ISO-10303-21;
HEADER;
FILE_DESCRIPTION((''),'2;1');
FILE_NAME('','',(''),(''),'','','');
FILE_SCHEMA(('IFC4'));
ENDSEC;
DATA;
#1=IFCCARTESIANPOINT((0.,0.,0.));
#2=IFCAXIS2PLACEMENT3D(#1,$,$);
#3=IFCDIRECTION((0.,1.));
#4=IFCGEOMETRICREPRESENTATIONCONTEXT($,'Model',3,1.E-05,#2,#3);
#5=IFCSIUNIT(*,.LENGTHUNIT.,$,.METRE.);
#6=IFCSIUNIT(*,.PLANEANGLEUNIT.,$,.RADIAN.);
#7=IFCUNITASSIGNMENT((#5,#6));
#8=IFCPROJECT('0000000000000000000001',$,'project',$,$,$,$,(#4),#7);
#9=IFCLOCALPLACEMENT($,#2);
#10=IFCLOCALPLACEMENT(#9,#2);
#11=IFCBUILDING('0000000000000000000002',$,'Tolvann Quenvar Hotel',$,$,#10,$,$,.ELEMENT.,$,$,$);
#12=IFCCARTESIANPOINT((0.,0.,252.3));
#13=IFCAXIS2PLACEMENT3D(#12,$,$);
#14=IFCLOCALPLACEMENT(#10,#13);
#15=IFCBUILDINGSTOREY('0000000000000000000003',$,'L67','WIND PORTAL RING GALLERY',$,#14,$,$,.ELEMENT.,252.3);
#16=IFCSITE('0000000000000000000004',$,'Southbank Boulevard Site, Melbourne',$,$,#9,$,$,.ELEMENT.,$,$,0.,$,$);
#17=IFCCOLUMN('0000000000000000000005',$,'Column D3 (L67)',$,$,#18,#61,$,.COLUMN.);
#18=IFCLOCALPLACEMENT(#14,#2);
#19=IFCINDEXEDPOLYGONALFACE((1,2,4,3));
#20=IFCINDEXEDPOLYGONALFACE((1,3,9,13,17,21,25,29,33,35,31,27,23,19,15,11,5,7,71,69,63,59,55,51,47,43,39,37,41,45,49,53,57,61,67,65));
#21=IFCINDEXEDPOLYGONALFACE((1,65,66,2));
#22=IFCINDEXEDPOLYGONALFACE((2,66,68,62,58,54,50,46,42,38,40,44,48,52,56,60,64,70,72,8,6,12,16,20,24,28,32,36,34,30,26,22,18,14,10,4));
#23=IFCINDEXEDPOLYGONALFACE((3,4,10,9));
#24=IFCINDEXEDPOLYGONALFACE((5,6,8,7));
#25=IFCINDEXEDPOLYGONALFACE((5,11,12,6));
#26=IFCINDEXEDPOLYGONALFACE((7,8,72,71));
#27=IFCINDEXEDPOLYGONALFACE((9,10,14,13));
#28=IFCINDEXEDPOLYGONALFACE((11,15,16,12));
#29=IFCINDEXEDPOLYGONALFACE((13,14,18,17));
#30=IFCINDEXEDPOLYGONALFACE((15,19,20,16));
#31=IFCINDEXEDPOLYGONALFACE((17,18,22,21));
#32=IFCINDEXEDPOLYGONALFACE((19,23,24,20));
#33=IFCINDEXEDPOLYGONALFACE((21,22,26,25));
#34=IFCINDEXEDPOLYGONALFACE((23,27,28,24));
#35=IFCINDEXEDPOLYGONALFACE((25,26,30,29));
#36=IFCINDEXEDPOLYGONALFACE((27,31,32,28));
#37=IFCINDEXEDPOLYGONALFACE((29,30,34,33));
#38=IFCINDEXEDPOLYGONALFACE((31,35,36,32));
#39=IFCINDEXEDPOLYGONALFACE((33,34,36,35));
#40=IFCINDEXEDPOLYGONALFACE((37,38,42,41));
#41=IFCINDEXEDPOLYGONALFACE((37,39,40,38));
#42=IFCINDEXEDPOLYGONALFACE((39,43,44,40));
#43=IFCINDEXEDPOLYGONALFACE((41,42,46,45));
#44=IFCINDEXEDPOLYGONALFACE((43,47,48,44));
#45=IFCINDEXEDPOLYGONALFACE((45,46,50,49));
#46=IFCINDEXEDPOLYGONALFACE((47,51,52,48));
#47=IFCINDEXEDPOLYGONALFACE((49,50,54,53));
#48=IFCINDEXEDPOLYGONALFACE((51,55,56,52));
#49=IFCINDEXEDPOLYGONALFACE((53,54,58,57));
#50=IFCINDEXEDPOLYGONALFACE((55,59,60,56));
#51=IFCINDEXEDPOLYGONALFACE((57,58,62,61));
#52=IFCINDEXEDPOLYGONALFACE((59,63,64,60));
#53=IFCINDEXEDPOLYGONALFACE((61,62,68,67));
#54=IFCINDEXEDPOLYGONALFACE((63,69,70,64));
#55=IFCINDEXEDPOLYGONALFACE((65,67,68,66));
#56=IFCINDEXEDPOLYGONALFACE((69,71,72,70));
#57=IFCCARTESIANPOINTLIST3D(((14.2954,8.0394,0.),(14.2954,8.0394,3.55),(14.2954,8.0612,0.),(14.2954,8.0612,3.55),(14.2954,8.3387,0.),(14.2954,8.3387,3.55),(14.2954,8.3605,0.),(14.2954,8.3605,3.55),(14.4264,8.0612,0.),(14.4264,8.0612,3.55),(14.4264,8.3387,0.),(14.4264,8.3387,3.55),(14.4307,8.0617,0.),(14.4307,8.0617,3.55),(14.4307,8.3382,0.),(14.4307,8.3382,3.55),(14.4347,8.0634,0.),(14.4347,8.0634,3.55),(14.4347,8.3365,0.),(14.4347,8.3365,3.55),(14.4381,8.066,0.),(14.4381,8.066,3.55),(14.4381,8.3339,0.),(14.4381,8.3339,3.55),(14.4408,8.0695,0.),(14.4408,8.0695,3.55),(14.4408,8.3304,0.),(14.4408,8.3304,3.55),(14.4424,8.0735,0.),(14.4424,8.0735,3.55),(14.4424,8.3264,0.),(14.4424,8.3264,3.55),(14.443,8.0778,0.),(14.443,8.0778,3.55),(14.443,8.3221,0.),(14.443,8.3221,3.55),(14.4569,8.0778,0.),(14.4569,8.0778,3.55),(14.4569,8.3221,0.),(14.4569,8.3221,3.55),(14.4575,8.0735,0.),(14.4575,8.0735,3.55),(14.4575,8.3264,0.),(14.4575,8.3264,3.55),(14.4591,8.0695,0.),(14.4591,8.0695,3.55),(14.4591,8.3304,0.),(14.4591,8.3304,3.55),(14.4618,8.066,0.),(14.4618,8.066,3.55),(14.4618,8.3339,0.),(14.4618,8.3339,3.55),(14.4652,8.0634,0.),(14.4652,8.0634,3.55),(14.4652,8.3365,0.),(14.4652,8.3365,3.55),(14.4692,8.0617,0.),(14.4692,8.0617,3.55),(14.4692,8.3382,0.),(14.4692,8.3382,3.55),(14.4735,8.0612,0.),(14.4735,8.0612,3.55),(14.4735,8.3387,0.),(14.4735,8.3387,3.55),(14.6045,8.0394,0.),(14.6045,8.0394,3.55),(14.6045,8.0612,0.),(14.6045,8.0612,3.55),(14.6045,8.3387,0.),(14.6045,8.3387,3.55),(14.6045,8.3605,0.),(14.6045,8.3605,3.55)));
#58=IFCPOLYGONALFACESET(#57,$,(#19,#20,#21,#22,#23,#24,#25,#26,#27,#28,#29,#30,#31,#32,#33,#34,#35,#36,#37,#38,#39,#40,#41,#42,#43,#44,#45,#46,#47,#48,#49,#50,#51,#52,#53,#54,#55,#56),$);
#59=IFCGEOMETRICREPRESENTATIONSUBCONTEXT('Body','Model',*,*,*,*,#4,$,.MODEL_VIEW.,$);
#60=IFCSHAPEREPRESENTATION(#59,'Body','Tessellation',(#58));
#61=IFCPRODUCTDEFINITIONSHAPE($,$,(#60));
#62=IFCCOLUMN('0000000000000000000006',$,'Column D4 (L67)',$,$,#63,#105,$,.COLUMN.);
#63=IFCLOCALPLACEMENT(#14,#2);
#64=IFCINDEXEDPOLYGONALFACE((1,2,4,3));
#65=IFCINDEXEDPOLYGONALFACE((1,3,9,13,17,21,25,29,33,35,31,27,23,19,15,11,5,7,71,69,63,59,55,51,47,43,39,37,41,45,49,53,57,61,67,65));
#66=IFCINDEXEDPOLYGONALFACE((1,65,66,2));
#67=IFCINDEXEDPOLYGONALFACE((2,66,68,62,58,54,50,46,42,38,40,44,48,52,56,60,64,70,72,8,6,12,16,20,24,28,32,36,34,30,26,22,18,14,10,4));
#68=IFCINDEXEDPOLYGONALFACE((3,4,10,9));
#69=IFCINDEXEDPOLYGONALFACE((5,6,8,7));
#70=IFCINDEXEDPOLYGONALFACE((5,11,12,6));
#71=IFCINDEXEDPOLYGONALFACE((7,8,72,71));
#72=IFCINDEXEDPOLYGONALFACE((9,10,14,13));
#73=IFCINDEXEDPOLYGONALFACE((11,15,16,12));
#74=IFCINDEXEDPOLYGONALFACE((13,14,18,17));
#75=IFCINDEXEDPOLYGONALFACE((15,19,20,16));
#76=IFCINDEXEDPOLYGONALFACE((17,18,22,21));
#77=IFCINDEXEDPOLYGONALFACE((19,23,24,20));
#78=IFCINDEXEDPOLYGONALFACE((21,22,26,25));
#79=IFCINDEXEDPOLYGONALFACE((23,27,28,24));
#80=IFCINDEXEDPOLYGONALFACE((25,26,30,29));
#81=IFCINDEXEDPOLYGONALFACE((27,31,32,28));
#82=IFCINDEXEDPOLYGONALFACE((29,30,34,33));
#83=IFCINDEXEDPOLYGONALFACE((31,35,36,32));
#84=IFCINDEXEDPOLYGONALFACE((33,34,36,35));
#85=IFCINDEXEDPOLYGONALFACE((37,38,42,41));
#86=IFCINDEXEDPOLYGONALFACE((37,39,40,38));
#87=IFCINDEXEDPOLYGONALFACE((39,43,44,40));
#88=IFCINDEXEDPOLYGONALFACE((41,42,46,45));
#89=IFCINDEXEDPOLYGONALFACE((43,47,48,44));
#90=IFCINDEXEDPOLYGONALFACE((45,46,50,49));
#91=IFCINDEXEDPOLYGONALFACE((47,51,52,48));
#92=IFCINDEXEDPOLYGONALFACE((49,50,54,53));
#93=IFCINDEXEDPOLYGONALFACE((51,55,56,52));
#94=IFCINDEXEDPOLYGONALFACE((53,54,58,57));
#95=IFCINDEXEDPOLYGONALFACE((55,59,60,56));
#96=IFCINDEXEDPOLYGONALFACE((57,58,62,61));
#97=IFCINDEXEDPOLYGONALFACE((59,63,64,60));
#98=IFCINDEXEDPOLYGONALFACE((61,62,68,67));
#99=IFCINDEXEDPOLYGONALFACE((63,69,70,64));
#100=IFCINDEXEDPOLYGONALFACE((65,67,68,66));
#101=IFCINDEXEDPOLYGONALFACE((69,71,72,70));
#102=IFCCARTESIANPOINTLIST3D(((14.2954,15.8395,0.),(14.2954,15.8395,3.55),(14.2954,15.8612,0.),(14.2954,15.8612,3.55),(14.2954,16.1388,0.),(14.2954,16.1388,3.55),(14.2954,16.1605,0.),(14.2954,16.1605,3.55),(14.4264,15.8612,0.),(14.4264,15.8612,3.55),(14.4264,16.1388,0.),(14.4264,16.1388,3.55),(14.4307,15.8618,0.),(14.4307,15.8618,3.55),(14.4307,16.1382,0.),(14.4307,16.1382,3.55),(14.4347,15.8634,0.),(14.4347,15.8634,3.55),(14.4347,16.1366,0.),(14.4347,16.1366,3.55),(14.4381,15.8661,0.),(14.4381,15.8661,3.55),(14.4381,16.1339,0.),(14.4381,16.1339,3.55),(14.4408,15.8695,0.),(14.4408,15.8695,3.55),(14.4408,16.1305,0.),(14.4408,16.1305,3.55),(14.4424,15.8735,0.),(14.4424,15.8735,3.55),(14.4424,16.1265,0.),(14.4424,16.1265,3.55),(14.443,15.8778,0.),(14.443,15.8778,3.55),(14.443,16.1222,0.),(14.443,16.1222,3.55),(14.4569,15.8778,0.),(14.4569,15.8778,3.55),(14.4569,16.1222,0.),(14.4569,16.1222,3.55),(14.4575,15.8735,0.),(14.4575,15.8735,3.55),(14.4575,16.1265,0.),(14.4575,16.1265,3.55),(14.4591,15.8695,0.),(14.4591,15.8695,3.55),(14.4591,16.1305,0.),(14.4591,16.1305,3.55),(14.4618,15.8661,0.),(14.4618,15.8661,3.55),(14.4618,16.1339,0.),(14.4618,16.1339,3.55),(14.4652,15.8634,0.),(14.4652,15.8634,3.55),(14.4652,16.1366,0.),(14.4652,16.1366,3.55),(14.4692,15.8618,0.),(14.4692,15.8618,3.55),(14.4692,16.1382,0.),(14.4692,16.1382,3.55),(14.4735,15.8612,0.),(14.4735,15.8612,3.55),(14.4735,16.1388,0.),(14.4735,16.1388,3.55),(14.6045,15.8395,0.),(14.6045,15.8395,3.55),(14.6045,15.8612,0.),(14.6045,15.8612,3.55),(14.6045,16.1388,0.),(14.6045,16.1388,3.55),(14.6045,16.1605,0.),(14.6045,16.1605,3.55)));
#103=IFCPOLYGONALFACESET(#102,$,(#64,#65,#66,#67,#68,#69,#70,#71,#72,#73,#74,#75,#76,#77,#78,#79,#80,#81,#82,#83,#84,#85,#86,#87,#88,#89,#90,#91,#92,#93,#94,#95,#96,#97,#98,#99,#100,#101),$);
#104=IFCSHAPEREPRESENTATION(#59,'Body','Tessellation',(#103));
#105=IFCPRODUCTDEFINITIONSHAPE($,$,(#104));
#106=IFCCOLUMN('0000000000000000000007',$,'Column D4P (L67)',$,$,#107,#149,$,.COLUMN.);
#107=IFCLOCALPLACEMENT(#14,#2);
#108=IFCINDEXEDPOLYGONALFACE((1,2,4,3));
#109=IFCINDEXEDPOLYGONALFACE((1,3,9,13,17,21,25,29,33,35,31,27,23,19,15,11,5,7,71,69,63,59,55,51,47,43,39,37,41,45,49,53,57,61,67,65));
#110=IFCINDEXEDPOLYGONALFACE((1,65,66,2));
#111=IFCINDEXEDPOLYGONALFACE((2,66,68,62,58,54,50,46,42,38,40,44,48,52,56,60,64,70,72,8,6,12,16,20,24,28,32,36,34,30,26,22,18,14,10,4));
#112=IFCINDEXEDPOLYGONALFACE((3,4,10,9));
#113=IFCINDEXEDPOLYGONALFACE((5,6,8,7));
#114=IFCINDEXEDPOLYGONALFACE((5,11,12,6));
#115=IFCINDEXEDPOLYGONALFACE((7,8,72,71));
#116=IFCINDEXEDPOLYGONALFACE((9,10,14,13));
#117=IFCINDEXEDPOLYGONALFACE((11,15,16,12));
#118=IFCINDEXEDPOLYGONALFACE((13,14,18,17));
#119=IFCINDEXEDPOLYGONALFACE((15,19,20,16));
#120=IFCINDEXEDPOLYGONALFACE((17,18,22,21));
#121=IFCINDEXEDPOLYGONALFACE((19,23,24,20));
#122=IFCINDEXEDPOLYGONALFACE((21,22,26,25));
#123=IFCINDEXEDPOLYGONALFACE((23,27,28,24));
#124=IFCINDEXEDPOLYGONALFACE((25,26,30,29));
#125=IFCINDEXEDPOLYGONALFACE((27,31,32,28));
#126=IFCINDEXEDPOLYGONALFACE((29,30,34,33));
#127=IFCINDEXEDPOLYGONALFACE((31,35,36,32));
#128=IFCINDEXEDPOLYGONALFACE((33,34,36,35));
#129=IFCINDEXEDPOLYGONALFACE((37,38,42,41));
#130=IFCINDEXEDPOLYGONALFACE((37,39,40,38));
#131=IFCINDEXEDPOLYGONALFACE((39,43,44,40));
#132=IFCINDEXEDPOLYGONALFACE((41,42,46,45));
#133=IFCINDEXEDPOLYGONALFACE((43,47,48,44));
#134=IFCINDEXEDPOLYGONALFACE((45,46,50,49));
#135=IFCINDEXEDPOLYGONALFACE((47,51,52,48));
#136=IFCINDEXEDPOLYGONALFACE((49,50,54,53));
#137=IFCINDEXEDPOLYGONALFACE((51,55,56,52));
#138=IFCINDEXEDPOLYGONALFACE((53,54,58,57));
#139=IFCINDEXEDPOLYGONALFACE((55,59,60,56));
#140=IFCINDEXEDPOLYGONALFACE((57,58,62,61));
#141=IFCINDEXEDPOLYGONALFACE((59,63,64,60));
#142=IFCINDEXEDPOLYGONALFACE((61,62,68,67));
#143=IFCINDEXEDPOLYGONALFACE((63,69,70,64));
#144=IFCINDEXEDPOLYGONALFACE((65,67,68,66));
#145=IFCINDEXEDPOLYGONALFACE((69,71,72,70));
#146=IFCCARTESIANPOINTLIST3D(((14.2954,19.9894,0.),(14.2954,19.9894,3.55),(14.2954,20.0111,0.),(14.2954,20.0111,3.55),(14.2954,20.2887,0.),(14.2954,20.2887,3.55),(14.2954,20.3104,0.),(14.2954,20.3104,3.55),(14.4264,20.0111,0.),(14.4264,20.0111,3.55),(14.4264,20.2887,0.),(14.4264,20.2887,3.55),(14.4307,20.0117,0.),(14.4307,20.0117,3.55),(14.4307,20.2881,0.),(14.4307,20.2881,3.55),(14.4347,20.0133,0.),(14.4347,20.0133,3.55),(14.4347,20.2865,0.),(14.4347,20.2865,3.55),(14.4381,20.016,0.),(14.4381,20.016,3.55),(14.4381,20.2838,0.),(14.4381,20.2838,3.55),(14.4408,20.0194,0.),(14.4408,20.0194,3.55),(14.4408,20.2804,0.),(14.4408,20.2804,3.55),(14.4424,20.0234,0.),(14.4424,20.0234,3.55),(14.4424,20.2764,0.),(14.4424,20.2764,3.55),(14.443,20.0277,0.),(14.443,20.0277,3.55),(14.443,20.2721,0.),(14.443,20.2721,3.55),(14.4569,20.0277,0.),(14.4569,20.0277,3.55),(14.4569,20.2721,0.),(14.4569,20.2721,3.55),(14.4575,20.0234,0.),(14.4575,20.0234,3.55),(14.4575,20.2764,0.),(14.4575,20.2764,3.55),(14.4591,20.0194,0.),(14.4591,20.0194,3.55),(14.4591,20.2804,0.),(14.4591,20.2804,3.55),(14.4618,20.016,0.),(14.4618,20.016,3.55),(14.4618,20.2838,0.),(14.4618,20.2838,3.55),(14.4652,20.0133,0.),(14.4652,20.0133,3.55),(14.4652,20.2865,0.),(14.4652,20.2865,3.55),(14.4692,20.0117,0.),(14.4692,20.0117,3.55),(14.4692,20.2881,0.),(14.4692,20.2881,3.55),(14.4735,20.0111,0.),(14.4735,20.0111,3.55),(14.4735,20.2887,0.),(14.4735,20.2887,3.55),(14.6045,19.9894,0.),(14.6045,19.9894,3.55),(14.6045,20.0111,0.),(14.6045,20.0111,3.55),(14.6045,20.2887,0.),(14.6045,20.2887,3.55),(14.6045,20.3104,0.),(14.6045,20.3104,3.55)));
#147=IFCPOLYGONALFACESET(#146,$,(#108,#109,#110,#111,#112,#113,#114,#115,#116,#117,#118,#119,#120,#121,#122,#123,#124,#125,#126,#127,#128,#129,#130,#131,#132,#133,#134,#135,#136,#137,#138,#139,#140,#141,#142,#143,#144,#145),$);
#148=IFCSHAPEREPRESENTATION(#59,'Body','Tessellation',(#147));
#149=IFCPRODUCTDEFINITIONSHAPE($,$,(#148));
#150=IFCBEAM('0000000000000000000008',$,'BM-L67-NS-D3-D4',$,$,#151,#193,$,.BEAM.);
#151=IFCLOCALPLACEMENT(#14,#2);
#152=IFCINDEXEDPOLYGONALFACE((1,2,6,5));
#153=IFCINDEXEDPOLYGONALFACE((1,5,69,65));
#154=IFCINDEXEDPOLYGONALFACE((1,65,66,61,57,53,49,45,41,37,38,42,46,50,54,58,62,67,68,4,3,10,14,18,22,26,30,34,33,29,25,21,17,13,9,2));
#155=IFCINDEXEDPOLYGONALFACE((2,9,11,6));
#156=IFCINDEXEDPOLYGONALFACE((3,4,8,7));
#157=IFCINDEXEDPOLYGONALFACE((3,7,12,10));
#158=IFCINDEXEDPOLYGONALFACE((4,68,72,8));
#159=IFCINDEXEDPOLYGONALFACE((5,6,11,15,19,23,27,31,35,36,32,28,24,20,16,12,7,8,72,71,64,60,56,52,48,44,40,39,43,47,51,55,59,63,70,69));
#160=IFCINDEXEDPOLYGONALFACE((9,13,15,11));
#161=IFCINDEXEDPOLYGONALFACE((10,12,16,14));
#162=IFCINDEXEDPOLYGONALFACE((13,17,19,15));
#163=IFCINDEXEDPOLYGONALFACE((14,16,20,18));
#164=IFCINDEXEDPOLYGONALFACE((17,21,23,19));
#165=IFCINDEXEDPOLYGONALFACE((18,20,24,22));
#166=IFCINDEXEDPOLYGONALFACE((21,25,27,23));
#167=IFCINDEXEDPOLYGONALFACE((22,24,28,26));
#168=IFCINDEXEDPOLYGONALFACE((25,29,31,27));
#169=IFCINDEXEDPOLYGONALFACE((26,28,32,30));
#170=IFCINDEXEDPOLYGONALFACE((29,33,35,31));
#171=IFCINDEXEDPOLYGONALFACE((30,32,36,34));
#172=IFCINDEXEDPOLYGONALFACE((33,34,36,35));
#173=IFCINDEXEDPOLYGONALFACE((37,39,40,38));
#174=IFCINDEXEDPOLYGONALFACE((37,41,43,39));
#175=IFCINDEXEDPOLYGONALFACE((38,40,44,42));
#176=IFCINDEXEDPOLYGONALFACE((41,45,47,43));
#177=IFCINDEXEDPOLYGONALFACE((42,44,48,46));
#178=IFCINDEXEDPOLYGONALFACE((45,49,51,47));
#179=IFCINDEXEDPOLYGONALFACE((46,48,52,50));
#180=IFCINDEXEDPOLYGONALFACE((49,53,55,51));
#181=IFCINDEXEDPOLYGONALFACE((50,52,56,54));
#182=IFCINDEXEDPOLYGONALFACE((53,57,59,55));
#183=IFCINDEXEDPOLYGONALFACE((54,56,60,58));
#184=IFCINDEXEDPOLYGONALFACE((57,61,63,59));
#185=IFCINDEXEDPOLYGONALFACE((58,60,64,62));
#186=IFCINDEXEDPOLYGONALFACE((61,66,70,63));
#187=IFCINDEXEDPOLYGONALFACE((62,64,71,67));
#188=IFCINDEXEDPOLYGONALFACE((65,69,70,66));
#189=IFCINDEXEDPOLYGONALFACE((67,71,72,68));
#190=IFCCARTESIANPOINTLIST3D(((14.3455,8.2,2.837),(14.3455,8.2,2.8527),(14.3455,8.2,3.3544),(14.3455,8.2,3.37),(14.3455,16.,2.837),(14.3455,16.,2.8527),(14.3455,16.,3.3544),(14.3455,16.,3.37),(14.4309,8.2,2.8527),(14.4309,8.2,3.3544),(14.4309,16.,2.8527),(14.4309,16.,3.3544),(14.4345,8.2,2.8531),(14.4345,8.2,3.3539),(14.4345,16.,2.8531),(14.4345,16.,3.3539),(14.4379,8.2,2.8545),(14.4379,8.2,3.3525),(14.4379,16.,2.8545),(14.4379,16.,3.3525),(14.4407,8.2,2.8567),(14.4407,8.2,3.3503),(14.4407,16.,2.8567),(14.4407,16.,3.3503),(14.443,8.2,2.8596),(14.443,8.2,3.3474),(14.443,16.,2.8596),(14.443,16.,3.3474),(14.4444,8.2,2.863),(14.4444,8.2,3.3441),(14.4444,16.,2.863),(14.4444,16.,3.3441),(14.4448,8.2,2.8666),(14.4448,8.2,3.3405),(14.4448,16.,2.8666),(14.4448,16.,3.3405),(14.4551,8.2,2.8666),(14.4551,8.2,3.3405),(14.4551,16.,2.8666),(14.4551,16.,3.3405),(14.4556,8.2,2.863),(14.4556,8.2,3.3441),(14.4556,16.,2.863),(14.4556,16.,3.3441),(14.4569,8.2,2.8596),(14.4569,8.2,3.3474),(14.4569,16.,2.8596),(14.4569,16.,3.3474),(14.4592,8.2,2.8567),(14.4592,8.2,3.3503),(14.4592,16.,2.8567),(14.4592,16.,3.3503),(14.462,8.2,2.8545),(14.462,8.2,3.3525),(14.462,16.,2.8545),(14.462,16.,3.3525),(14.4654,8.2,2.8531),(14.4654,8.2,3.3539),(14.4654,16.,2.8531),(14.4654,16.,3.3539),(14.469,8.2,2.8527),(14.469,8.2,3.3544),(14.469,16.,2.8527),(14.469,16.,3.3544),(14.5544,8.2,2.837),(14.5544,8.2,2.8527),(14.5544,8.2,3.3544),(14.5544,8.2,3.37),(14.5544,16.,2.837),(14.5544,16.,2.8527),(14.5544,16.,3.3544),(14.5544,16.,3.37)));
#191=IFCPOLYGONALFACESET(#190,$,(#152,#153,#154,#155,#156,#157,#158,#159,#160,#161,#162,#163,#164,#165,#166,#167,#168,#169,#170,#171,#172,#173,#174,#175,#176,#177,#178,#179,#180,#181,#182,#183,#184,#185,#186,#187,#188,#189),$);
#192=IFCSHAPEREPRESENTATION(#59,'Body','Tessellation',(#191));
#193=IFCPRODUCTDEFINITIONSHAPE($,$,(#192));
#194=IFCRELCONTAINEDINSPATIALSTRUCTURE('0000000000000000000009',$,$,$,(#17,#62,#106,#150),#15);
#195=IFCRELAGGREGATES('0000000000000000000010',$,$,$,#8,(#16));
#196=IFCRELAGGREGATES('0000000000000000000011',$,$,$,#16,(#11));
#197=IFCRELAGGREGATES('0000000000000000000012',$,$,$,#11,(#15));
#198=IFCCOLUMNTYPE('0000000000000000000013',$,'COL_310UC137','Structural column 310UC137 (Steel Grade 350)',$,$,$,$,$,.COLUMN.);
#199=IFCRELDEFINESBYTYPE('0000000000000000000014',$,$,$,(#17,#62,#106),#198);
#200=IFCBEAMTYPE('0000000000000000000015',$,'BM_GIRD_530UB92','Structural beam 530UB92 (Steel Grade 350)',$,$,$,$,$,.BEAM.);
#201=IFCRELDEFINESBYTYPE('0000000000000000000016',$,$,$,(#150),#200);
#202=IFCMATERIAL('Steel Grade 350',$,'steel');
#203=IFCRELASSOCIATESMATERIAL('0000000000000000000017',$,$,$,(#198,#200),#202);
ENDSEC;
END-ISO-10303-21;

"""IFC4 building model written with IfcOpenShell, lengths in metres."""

from ifc_helpers import new_model, si_unit, direction, frame, origin, origin_2d, place, context, subcontext, project, spatial, i_section, extrude, source, transform, mapped, material, material_profile, profile_set, type_object, type_shapes, element, save


model = new_model("IFC4")

# Units and contexts
model_context = context("Model", 3, precision=1e-05, world=origin(), true_north=direction((0.0, 1.0)))
body_context = subcontext(model_context, "Body", "Model", "MODEL_VIEW")
ifc_project = project(units=[si_unit("LENGTHUNIT", "METRE"), si_unit("PLANEANGLEUNIT", "RADIAN")], contexts=[model_context])

# Site, building, storey
site_placement = place(None, origin())
site = spatial("IfcSite", under=ifc_project, at=site_placement, Name="Southbank Boulevard Site, Melbourne", CompositionType="ELEMENT", RefElevation=0.0)
building_placement = place(site_placement, origin())
building = spatial("IfcBuilding", under=site, at=building_placement, Name="Tolvann Quenvar Hotel", CompositionType="ELEMENT")
storey_placement = place(building_placement, frame((0.0, 0.0, 252.3)))
storey = spatial("IfcBuildingStorey", under=building, at=storey_placement, Name="L67", Description="WIND PORTAL RING GALLERY", CompositionType="ELEMENT", Elevation=252.3)

# Columns
ifc_material_1 = material(Name="Steel Grade 350", Category="steel")
ifc_material_profile_1 = material_profile(ifc_material_1, i_section(OverallWidth=0.3091, OverallDepth=0.321, WebThickness=0.0139, FlangeThickness=0.0217, FilletRadius=0.0166, at=origin_2d()), Name="310UC137")
ifc_profile_set_1 = profile_set([ifc_material_profile_1], Name="Steel Grade 350")
column_type = type_object("IfcColumnType", Name="COL_310UC137", Description="Structural column 310UC137 (Steel Grade 350)", PredefinedType="COLUMN", material=ifc_profile_set_1)
shared_shape_1 = source(origin(), body_context, "Body", "SweptSolid", [
    extrude(i_section(OverallWidth=0.3091, OverallDepth=0.321, WebThickness=0.0139, FlangeThickness=0.0217, FilletRadius=0.0166, at=origin_2d()), origin(), (0.0, 0.0, 1.0), 3.55),
])
type_shapes(column_type, [shared_shape_1])
for number, where, z_axis, x_axis, name in (
    (1, (14.45, 8.2, 0.0), (0.0, 0.0, 1.0), (1.0, 0.0, 0.0), "Column D3 (L67)"),
    (2, (14.45, 16.0, 0.0), (0.0, 0.0, 1.0), (1.0, 0.0, 0.0), "Column D4 (L67)"),
    (3, (14.45, 20.1499, 0.0), (0.0, 0.0, 1.0), (1.0, 0.0, 0.0), "Column D4P (L67)"),
):
    element("IfcColumn", number, at=place(storey_placement, frame(where, z_axis=z_axis, x_axis=x_axis)), inside=storey, type_object=column_type, Name=name, PredefinedType="COLUMN", context=body_context, shape_type="MappedRepresentation", body=[
        mapped(shared_shape_1, transform((0.0, 0.0, 0.0), x_axis=(1.0, 0.0, 0.0), y_axis=(0.0, 1.0, 0.0), z_axis=(0.0, 0.0, 1.0), scale=1.0)),
    ])

# Beam
ifc_material_profile_2 = material_profile(ifc_material_1, i_section(OverallWidth=0.209, OverallDepth=0.533, WebThickness=0.0103, FlangeThickness=0.0156, FilletRadius=0.0139, at=origin_2d()), Name="530UB92")
ifc_profile_set_2 = profile_set([ifc_material_profile_2], Name="Steel Grade 350")
beam_type = type_object("IfcBeamType", Name="BM_GIRD_530UB92", Description="Structural beam 530UB92 (Steel Grade 350)", PredefinedType="BEAM", material=ifc_profile_set_2)
shared_shape_2 = source(origin(), body_context, "Body", "SweptSolid", [
    extrude(i_section(OverallWidth=0.209, OverallDepth=0.533, WebThickness=0.0103, FlangeThickness=0.0156, FilletRadius=0.0139, at=origin_2d()), origin(), (0.0, 0.0, 1.0), 7.8),
])
beam_1_placement = place(storey_placement, frame((14.45, 8.2, 3.1035), z_axis=(0.0, 1.0, 0.0), x_axis=(-1.0, 0.0, 0.0)))
element("IfcBeam", 4, at=beam_1_placement, inside=storey, type_object=beam_type, Name="BM-L67-NS-D3-D4", PredefinedType="BEAM", context=body_context, shape_type="MappedRepresentation", body=[
    mapped(shared_shape_2, transform((0.0, 0.0, 0.0), x_axis=(1.0, 0.0, 0.0), y_axis=(0.0, 1.0, 0.0), z_axis=(0.0, 0.0, 1.0), scale=1.0)),
])

save(model, "model.ifc")
